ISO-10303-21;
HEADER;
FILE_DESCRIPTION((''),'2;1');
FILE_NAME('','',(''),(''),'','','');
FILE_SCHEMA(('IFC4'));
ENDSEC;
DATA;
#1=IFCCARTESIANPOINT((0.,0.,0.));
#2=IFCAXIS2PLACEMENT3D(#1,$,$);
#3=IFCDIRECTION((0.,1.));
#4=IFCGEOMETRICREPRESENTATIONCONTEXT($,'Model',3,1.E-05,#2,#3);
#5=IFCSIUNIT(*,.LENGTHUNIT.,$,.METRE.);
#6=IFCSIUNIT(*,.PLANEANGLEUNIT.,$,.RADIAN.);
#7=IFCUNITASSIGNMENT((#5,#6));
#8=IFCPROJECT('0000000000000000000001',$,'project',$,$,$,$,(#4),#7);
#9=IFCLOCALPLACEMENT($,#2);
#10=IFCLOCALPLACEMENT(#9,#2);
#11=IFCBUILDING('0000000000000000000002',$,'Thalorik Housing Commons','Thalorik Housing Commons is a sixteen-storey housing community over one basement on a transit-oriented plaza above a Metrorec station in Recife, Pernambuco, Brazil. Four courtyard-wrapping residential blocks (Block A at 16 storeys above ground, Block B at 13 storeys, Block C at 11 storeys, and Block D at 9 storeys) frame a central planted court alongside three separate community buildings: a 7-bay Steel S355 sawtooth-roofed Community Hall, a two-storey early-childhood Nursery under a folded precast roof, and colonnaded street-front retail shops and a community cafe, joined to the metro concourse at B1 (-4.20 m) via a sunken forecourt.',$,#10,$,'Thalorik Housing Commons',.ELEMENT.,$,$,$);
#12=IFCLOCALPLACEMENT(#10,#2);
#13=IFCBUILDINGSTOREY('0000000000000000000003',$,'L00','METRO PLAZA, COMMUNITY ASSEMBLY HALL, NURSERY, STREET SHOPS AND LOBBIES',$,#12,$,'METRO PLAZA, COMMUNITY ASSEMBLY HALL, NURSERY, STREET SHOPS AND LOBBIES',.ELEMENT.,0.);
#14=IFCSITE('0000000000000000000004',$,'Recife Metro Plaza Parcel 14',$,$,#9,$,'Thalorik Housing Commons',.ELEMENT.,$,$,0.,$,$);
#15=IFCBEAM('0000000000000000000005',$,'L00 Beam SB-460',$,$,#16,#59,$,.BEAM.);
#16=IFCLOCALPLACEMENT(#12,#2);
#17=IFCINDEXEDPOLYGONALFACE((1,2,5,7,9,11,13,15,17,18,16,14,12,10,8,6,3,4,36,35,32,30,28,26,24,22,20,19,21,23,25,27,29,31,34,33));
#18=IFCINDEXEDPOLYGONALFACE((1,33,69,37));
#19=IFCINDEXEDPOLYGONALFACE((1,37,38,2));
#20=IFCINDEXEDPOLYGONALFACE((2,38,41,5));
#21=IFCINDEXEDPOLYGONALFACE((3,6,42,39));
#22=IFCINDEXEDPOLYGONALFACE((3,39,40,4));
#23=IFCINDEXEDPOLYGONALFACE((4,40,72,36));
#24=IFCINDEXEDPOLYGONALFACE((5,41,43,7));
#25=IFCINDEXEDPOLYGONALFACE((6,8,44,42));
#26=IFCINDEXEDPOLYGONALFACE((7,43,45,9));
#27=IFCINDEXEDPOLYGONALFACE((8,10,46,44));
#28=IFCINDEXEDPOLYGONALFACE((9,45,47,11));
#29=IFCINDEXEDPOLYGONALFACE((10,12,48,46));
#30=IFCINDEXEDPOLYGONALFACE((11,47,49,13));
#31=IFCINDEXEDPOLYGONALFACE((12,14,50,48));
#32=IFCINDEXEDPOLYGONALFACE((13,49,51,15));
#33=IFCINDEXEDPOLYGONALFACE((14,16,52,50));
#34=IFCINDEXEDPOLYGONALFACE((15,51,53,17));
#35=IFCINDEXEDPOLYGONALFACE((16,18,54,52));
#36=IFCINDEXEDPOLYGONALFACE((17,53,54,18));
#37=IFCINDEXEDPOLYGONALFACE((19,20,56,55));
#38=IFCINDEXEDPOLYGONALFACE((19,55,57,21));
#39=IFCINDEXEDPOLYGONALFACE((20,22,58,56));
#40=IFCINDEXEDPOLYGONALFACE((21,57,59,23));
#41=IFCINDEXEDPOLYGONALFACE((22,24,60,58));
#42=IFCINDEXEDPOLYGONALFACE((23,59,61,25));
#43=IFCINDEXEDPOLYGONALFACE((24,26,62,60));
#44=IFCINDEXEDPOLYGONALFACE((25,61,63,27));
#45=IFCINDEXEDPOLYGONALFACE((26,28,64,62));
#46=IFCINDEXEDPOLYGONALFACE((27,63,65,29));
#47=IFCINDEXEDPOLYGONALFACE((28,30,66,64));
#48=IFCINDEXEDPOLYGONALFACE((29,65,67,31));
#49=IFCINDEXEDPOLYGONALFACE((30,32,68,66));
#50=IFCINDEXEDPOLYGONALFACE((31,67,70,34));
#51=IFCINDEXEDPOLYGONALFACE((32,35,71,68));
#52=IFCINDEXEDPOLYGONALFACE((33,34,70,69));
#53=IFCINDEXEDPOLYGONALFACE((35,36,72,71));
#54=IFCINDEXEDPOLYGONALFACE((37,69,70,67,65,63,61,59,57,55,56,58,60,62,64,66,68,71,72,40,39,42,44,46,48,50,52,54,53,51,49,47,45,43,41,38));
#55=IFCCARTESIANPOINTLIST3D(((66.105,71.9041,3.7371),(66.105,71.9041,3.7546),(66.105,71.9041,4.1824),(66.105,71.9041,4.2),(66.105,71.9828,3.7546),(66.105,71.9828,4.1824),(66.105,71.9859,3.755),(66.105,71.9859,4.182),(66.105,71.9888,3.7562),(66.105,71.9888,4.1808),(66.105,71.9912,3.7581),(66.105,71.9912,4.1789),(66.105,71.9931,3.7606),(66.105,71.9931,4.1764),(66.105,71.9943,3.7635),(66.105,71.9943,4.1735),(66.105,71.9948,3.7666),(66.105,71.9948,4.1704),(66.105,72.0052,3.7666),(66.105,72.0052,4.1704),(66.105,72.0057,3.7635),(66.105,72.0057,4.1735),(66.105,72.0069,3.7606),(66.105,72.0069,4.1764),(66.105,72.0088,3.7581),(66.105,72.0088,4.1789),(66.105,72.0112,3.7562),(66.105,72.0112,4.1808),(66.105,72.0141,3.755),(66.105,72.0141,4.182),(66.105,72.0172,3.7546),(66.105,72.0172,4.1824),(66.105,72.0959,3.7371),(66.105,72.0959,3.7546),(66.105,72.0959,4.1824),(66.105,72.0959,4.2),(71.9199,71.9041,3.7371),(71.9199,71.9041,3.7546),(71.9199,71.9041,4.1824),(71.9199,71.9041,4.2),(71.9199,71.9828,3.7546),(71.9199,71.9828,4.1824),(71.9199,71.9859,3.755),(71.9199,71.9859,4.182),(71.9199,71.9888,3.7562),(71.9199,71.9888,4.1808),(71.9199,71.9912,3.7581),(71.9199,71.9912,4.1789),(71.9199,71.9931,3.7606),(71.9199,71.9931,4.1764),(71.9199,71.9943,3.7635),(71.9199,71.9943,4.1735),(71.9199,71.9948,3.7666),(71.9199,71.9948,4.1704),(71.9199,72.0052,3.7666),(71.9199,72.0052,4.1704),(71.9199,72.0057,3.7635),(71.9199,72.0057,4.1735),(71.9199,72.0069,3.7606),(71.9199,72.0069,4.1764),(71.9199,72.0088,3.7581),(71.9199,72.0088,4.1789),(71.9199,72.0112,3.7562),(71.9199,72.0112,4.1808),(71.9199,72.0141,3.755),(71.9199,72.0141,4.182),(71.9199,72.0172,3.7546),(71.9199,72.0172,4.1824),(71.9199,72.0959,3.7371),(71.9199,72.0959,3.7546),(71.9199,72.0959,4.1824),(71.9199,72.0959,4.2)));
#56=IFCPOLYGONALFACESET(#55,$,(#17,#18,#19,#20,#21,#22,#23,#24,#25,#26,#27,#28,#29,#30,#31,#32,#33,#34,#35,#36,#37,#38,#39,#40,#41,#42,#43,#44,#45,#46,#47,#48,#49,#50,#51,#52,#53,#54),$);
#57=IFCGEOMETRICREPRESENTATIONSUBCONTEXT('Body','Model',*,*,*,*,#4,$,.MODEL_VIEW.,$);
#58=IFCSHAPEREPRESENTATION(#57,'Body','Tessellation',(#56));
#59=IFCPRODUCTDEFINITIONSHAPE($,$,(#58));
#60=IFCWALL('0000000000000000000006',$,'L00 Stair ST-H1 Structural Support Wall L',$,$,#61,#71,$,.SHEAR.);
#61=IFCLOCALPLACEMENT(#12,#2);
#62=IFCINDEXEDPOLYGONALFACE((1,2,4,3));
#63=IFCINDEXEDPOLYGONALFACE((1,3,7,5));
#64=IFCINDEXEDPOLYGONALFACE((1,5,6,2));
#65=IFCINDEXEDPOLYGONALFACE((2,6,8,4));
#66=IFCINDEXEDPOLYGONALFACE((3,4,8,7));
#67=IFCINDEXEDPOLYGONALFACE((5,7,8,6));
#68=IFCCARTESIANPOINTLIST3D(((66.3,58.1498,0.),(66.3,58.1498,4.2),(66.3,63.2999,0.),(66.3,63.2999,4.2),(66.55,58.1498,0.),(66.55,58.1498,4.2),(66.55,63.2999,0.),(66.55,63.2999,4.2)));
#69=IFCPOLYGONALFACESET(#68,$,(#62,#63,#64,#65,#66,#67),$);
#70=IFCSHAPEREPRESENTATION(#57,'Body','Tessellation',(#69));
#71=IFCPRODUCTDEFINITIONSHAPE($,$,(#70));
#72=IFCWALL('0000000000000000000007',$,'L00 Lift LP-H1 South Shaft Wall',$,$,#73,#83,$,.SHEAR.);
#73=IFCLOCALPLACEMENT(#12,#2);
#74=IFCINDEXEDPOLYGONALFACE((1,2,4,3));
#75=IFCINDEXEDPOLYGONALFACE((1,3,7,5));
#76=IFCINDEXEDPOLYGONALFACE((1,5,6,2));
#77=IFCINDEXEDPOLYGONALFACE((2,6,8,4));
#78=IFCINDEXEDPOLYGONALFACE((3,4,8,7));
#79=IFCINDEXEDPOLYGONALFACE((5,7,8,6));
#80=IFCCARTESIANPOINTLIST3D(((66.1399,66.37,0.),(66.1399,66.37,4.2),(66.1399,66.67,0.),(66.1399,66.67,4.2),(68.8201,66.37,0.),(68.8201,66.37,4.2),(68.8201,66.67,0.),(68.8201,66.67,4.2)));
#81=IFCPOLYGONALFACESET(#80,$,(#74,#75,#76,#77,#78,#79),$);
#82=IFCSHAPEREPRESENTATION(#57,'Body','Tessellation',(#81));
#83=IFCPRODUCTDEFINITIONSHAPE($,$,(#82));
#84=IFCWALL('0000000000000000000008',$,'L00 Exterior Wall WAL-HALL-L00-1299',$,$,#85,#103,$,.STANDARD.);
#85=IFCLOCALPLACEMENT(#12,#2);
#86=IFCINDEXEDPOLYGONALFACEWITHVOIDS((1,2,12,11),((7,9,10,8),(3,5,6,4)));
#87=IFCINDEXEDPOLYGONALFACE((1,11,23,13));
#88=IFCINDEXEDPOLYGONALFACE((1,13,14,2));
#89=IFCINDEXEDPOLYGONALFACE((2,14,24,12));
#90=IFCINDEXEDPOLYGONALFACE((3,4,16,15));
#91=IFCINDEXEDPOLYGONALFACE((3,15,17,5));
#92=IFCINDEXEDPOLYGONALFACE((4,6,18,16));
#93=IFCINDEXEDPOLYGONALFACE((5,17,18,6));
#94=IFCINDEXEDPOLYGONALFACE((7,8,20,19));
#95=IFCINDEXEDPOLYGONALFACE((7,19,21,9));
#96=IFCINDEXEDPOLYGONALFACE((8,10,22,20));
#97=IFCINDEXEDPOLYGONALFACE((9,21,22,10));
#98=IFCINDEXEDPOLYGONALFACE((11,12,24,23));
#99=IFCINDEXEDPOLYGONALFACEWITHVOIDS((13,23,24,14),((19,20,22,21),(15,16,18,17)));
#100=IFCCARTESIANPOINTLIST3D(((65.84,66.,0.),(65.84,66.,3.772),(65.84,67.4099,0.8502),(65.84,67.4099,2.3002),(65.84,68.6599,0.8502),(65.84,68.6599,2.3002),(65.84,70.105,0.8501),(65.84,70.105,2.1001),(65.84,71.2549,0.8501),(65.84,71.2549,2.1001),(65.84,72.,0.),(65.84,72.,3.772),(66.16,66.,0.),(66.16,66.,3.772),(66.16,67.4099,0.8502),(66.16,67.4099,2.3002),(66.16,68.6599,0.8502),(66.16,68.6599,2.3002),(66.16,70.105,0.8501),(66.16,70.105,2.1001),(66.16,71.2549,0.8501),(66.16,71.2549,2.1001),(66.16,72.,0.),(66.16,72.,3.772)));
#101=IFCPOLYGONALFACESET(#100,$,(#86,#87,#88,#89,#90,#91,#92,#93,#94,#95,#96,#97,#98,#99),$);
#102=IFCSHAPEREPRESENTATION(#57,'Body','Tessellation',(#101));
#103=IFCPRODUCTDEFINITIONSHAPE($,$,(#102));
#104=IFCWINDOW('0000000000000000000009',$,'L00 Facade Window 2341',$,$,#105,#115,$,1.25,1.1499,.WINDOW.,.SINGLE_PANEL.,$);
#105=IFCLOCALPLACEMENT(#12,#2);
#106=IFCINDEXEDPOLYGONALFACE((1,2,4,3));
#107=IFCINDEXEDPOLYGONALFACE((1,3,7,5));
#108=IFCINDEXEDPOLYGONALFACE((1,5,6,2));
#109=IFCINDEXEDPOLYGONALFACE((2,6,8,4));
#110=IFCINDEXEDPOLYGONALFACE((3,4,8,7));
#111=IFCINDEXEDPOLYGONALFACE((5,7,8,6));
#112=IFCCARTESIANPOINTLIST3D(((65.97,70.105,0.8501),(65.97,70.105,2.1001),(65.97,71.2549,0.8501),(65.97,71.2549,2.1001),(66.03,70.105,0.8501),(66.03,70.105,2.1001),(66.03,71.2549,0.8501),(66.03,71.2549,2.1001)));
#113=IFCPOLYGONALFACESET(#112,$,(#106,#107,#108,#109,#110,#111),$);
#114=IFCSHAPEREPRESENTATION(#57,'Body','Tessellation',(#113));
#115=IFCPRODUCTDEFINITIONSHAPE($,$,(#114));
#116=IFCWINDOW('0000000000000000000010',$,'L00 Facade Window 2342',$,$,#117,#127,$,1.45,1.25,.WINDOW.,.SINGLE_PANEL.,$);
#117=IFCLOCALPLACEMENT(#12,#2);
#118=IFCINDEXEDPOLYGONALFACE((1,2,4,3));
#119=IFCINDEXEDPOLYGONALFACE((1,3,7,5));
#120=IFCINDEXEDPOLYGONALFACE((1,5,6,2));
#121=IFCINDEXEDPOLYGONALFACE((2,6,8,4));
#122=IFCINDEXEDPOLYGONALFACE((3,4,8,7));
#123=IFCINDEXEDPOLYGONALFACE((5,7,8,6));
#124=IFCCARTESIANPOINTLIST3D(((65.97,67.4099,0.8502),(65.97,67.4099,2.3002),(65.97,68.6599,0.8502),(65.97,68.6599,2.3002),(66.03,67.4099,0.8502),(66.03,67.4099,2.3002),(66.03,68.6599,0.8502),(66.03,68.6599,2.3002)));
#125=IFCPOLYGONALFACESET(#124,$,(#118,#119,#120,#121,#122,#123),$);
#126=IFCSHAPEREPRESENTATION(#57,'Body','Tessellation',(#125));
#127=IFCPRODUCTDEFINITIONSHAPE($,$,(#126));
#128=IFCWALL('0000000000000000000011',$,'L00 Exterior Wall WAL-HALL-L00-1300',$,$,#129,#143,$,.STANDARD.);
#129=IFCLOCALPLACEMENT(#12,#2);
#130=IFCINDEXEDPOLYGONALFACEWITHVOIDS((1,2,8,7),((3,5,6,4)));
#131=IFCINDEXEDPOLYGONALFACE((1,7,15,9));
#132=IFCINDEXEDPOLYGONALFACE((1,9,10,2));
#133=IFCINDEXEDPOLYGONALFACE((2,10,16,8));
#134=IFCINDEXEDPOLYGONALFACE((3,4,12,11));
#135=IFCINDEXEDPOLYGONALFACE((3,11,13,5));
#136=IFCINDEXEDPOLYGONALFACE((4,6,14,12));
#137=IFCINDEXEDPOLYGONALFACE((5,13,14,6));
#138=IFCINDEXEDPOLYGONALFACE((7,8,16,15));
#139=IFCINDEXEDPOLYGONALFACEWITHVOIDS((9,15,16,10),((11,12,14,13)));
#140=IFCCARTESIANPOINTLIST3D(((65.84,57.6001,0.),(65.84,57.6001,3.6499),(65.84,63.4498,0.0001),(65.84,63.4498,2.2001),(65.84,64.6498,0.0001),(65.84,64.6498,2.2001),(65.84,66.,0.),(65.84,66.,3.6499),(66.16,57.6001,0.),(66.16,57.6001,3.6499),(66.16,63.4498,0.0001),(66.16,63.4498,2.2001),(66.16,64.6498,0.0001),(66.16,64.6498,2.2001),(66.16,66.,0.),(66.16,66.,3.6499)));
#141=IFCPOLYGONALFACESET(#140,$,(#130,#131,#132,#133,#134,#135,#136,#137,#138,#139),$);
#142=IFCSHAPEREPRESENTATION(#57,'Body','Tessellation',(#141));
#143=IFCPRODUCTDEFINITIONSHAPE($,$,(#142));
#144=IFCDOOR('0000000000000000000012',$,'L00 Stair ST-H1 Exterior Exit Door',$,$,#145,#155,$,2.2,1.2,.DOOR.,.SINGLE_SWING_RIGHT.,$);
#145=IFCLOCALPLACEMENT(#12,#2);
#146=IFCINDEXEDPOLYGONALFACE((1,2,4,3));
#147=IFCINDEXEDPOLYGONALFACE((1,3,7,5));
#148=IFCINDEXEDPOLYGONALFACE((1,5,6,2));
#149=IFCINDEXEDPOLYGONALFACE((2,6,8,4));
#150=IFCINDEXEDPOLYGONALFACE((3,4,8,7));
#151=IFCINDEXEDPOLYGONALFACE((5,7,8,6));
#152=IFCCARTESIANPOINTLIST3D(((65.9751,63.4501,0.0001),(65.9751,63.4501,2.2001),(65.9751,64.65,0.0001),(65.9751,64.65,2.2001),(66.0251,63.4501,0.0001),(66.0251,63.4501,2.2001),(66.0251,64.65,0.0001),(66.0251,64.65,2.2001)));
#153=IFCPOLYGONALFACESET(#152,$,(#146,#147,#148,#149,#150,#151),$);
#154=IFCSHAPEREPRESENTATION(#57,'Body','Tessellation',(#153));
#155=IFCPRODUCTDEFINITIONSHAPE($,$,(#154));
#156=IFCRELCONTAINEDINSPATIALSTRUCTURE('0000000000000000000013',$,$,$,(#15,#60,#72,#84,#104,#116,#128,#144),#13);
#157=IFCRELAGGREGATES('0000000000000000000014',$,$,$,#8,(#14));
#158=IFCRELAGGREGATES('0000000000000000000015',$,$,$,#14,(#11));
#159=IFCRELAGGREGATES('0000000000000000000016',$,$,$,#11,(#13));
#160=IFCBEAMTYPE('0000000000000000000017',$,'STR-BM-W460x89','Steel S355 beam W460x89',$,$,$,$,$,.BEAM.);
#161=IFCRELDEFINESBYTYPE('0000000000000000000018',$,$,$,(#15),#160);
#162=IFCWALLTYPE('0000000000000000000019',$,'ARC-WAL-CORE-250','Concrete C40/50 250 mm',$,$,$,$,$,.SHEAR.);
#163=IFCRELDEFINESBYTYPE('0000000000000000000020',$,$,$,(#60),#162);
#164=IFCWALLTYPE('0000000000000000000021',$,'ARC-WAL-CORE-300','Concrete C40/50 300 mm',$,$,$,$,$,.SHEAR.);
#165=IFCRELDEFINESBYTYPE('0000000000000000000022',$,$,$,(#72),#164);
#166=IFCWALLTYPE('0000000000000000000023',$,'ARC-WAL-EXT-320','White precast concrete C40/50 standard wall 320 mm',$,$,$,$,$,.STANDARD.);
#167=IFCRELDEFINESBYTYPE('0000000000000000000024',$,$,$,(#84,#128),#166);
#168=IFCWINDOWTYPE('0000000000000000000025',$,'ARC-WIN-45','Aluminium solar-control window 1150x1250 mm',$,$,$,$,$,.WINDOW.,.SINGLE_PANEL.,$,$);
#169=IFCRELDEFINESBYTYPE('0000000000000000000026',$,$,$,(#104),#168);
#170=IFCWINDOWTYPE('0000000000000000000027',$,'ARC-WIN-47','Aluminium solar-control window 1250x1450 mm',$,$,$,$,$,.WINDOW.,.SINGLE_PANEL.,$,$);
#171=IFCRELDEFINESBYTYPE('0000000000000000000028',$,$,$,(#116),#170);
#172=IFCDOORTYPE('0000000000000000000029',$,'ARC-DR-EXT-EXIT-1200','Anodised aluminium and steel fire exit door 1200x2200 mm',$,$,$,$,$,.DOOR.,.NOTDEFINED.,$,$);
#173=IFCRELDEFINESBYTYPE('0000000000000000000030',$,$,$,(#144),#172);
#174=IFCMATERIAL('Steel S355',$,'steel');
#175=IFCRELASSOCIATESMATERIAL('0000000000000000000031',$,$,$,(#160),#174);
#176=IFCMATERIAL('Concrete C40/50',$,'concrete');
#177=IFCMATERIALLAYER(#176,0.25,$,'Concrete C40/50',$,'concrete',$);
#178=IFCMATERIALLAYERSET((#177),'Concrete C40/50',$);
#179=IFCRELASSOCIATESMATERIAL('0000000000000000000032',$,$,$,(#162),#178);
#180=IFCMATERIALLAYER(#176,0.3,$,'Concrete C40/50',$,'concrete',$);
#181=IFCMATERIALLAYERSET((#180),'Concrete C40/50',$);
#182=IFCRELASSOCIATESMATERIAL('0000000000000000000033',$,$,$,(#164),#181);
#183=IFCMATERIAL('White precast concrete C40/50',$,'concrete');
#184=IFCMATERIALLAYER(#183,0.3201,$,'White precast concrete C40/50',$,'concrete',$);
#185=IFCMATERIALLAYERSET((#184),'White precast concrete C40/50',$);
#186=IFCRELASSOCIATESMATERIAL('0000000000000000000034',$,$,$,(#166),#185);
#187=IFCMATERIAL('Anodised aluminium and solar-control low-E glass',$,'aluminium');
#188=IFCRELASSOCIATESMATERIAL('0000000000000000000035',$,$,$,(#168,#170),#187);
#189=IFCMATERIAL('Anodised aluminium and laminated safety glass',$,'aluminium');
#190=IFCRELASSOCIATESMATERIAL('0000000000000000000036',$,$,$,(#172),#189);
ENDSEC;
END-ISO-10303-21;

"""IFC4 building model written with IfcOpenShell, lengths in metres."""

from ifc_helpers import new_model, si_unit, direction, frame, frame_2d, origin, origin_2d, place, context, subcontext, project, spatial, rectangle, i_section, extrude, material, layer, layer_set, material_profile, profile_set, type_object, element, fill, save


model = new_model("IFC4")

# Units and contexts
model_context = context("Model", 3, precision=1e-05, world=origin(), true_north=direction((0.0, 1.0)))
body_context = subcontext(model_context, "Body", "Model", "MODEL_VIEW")
ifc_project = project(units=[si_unit("LENGTHUNIT", "METRE"), si_unit("PLANEANGLEUNIT", "RADIAN")], contexts=[model_context])

# Site, building, storey
site_placement = place(None, origin())
site = spatial("IfcSite", under=ifc_project, at=site_placement, Name="Recife Metro Plaza Parcel 14", LongName="Thalorik Housing Commons", CompositionType="ELEMENT", RefElevation=0.0)
building_placement = place(site_placement, origin())
building = spatial("IfcBuilding", under=site, at=building_placement, Name="Thalorik Housing Commons", Description="Thalorik Housing Commons is a sixteen-storey housing community over one basement on a transit-oriented plaza above a Metrorec station in Recife, Pernambuco, Brazil. Four courtyard-wrapping residential blocks (Block A at 16 storeys above ground, Block B at 13 storeys, Block C at 11 storeys, and Block D at 9 storeys) frame a central planted court alongside three separate community buildings: a 7-bay Steel S355 sawtooth-roofed Community Hall, a two-storey early-childhood Nursery under a folded precast roof, and colonnaded street-front retail shops and a community cafe, joined to the metro concourse at B1 (-4.20 m) via a sunken forecourt.", LongName="Thalorik Housing Commons", CompositionType="ELEMENT")
storey_placement = place(building_placement, origin())
storey = spatial("IfcBuildingStorey", under=building, at=storey_placement, Name="L00", Description="METRO PLAZA, COMMUNITY ASSEMBLY HALL, NURSERY, STREET SHOPS AND LOBBIES", LongName="METRO PLAZA, COMMUNITY ASSEMBLY HALL, NURSERY, STREET SHOPS AND LOBBIES", CompositionType="ELEMENT", Elevation=0.0)

# Shared definitions
ifc_material_1 = material(Name="Steel S355", Category="steel")

# Beam
ifc_material_profile_1 = material_profile(ifc_material_1, i_section(OverallWidth=0.1919, OverallDepth=0.4629, WebThickness=0.0105, FlangeThickness=0.0176, FilletRadius=0.012, at=origin_2d()), Name="W460x89", Category="steel")
ifc_profile_set_1 = profile_set([ifc_material_profile_1], Name="Steel S355")
beam_type_1 = type_object("IfcBeamType", Name="STR-BM-W460x89", Description="Steel S355 beam W460x89", PredefinedType="BEAM", material=ifc_profile_set_1)
for number, where, z_axis, x_axis, name in (
    (1, (66.105, 72.0, 3.9685), (1.0, 0.0, 0.0), (0.0, 1.0, 0.0), "L00 Beam SB-460"),
):
    element("IfcBeam", number, at=place(storey_placement, frame(where, z_axis=z_axis, x_axis=x_axis)), inside=storey, type_object=beam_type_1, Name=name, PredefinedType="BEAM", context=body_context, shape_type="SweptSolid", body=[
        extrude(i_section(OverallWidth=0.1919, OverallDepth=0.4629, WebThickness=0.0105, FlangeThickness=0.0176, FilletRadius=0.012, at=origin_2d()), origin(), (0.0, 0.0, 1.0), 5.8149),
    ])

# Wall
ifc_material_2 = material(Name="Concrete C40/50", Category="concrete")
ifc_layer_1 = layer(ifc_material_2, 0.25, Name="Concrete C40/50", Category="concrete")
ifc_layer_set_1 = layer_set([ifc_layer_1], Name="Concrete C40/50")
wall_type_1 = type_object("IfcWallType", Name="ARC-WAL-CORE-250", Description="Concrete C40/50 250 mm", PredefinedType="SHEAR", material=ifc_layer_set_1)
wall_1_placement = place(storey_placement, frame((66.425, 63.3, 0.0), z_axis=(0.0, 0.0, 1.0), x_axis=(0.0, -1.0, 0.0)))
element("IfcWall", 2, at=wall_1_placement, inside=storey, type_object=wall_type_1, Name="L00 Stair ST-H1 Structural Support Wall L", PredefinedType="SHEAR", context=body_context, shape_type="SweptSolid", body=[
    extrude(rectangle(XDim=5.1501, YDim=0.25, at=frame_2d((2.5752, 0.0))), origin(), (0.0, 0.0, 1.0), 4.2),
])

# Wall
ifc_layer_2 = layer(ifc_material_2, 0.3, Name="Concrete C40/50", Category="concrete")
ifc_layer_set_2 = layer_set([ifc_layer_2], Name="Concrete C40/50")
wall_type_2 = type_object("IfcWallType", Name="ARC-WAL-CORE-300", Description="Concrete C40/50 300 mm", PredefinedType="SHEAR", material=ifc_layer_set_2)
wall_2_placement = place(storey_placement, frame((66.1399, 66.52, 0.0), z_axis=(0.0, 0.0, 1.0), x_axis=(1.0, 0.0, 0.0)))
element("IfcWall", 3, at=wall_2_placement, inside=storey, type_object=wall_type_2, Name="L00 Lift LP-H1 South Shaft Wall", PredefinedType="SHEAR", context=body_context, shape_type="SweptSolid", body=[
    extrude(rectangle(XDim=2.6802, YDim=0.3, at=frame_2d((1.3401, 0.0))), origin(), (0.0, 0.0, 1.0), 4.2),
])

# Wall, openings, windows
ifc_material_3 = material(Name="White precast concrete C40/50", Category="concrete")
ifc_layer_3 = layer(ifc_material_3, 0.3201, Name="White precast concrete C40/50", Category="concrete")
ifc_layer_set_3 = layer_set([ifc_layer_3], Name="White precast concrete C40/50")
wall_type_3 = type_object("IfcWallType", Name="ARC-WAL-EXT-320", Description="White precast concrete C40/50 standard wall 320 mm", PredefinedType="STANDARD", material=ifc_layer_set_3)
wall_3_placement = place(storey_placement, frame((66.0, 72.0, 0.0), z_axis=(0.0, 0.0, 1.0), x_axis=(0.0, -1.0, 0.0)))
wall_3 = element("IfcWall", 4, at=wall_3_placement, inside=storey, type_object=wall_type_3, Name="L00 Exterior Wall WAL-HALL-L00-1299", PredefinedType="STANDARD", context=body_context, shape_type="SweptSolid", body=[
    extrude(rectangle(XDim=6.0, YDim=0.3201, at=frame_2d((3.0, 0.0))), origin(), (0.0, 0.0, 1.0), 3.772),
])
opening_1_placement = place(wall_3_placement, frame((0.7451, 0.0, 0.8501)))
opening_1 = element("IfcOpeningElement", 5, at=opening_1_placement, cuts=wall_3, PredefinedType="OPENING", context=body_context, shape_type="SweptSolid", body=[
    extrude(rectangle(XDim=1.1499, YDim=1.25, at=frame_2d((0.575, 0.625))), frame((0.0, 0.1699, 0.0), z_axis=(0.0, -1.0, 0.0), x_axis=(1.0, 0.0, 0.0)), (0.0, 0.0, 1.0), 0.3401),
])
opening_2_placement = place(wall_3_placement, frame((3.3401, 0.0, 0.8501)))
opening_2 = element("IfcOpeningElement", 6, at=opening_2_placement, cuts=wall_3, PredefinedType="OPENING", context=body_context, shape_type="SweptSolid", body=[
    extrude(rectangle(XDim=1.25, YDim=1.45, at=frame_2d((0.625, 0.7251))), frame((0.0, 0.1699, 0.0), z_axis=(0.0, -1.0, 0.0), x_axis=(1.0, 0.0, 0.0)), (0.0, 0.0, 1.0), 0.3401),
])
ifc_material_4 = material(Name="Anodised aluminium and solar-control low-E glass", Category="aluminium")
window_type_1 = type_object("IfcWindowType", Name="ARC-WIN-45", Description="Aluminium solar-control window 1150x1250 mm", PartitioningType="SINGLE_PANEL", PredefinedType="WINDOW", material=ifc_material_4)
window_1_placement = place(opening_1_placement, origin())
window_1 = element("IfcWindow", 7, at=window_1_placement, inside=storey, type_object=window_type_1, Name="L00 Facade Window 2341", OverallHeight=1.25, OverallWidth=1.1499, PartitioningType="SINGLE_PANEL", PredefinedType="WINDOW", context=body_context, shape_type="SweptSolid", body=[
    extrude(rectangle(XDim=1.1499, YDim=1.25, at=frame_2d((0.575, 0.625))), frame((0.0, 0.03, 0.0), z_axis=(0.0, -1.0, 0.0), x_axis=(1.0, 0.0, 0.0)), (0.0, 0.0, 1.0), 0.0601),
])
fill(opening_1, window_1)
window_type_2 = type_object("IfcWindowType", Name="ARC-WIN-47", Description="Aluminium solar-control window 1250x1450 mm", PartitioningType="SINGLE_PANEL", PredefinedType="WINDOW", material=ifc_material_4)
window_2_placement = place(opening_2_placement, origin())
window_2 = element("IfcWindow", 8, at=window_2_placement, inside=storey, type_object=window_type_2, Name="L00 Facade Window 2342", OverallHeight=1.45, OverallWidth=1.25, PartitioningType="SINGLE_PANEL", PredefinedType="WINDOW", context=body_context, shape_type="SweptSolid", body=[
    extrude(rectangle(XDim=1.25, YDim=1.45, at=frame_2d((0.625, 0.7251))), frame((0.0, 0.03, 0.0), z_axis=(0.0, -1.0, 0.0), x_axis=(1.0, 0.0, 0.0)), (0.0, 0.0, 1.0), 0.0601),
])
fill(opening_2, window_2)

# Wall, opening, door
wall_4_placement = place(storey_placement, frame((66.0, 66.0, 0.0), z_axis=(0.0, 0.0, 1.0), x_axis=(0.0, -1.0, 0.0)))
wall_4 = element("IfcWall", 9, at=wall_4_placement, inside=storey, type_object=wall_type_3, Name="L00 Exterior Wall WAL-HALL-L00-1300", PredefinedType="STANDARD", context=body_context, shape_type="SweptSolid", body=[
    extrude(rectangle(XDim=8.3999, YDim=0.3201, at=frame_2d((4.2, 0.0))), origin(), (0.0, 0.0, 1.0), 3.6499),
])
opening_3_placement = place(wall_4_placement, frame((1.3501, 0.0, 0.0)))
opening_3 = element("IfcOpeningElement", 10, at=opening_3_placement, cuts=wall_4, PredefinedType="OPENING", context=body_context, shape_type="SweptSolid", body=[
    extrude(rectangle(XDim=1.2, YDim=2.2, at=frame_2d((0.6001, 1.1001))), frame((0.0, 0.1699, 0.0), z_axis=(0.0, -1.0, 0.0), x_axis=(1.0, 0.0, 0.0)), (0.0, 0.0, 1.0), 0.3401),
])
ifc_material_5 = material(Name="Anodised aluminium and laminated safety glass", Category="aluminium")
door_type_1 = type_object("IfcDoorType", Name="ARC-DR-EXT-EXIT-1200", Description="Anodised aluminium and steel fire exit door 1200x2200 mm", OperationType="NOTDEFINED", PredefinedType="DOOR", material=ifc_material_5)
door_1_placement = place(opening_3_placement, frame((1.2, 0.0, 0.0), z_axis=(0.0, 0.0, 1.0), x_axis=(-1.0, 0.0, 0.0)))
door_1 = element("IfcDoor", 11, at=door_1_placement, inside=storey, type_object=door_type_1, Name="L00 Stair ST-H1 Exterior Exit Door", OperationType="SINGLE_SWING_RIGHT", OverallHeight=2.2, OverallWidth=1.2, PredefinedType="DOOR", context=body_context, shape_type="SweptSolid", body=[
    extrude(rectangle(XDim=1.2, YDim=2.2, at=frame_2d((0.6001, 1.1001))), frame((0.0, 0.0249, 0.0), z_axis=(0.0, -1.0, 0.0), x_axis=(1.0, 0.0, 0.0)), (0.0, 0.0, 1.0), 0.05),
])
fill(opening_3, door_1)

save(model, "model.ifc")
